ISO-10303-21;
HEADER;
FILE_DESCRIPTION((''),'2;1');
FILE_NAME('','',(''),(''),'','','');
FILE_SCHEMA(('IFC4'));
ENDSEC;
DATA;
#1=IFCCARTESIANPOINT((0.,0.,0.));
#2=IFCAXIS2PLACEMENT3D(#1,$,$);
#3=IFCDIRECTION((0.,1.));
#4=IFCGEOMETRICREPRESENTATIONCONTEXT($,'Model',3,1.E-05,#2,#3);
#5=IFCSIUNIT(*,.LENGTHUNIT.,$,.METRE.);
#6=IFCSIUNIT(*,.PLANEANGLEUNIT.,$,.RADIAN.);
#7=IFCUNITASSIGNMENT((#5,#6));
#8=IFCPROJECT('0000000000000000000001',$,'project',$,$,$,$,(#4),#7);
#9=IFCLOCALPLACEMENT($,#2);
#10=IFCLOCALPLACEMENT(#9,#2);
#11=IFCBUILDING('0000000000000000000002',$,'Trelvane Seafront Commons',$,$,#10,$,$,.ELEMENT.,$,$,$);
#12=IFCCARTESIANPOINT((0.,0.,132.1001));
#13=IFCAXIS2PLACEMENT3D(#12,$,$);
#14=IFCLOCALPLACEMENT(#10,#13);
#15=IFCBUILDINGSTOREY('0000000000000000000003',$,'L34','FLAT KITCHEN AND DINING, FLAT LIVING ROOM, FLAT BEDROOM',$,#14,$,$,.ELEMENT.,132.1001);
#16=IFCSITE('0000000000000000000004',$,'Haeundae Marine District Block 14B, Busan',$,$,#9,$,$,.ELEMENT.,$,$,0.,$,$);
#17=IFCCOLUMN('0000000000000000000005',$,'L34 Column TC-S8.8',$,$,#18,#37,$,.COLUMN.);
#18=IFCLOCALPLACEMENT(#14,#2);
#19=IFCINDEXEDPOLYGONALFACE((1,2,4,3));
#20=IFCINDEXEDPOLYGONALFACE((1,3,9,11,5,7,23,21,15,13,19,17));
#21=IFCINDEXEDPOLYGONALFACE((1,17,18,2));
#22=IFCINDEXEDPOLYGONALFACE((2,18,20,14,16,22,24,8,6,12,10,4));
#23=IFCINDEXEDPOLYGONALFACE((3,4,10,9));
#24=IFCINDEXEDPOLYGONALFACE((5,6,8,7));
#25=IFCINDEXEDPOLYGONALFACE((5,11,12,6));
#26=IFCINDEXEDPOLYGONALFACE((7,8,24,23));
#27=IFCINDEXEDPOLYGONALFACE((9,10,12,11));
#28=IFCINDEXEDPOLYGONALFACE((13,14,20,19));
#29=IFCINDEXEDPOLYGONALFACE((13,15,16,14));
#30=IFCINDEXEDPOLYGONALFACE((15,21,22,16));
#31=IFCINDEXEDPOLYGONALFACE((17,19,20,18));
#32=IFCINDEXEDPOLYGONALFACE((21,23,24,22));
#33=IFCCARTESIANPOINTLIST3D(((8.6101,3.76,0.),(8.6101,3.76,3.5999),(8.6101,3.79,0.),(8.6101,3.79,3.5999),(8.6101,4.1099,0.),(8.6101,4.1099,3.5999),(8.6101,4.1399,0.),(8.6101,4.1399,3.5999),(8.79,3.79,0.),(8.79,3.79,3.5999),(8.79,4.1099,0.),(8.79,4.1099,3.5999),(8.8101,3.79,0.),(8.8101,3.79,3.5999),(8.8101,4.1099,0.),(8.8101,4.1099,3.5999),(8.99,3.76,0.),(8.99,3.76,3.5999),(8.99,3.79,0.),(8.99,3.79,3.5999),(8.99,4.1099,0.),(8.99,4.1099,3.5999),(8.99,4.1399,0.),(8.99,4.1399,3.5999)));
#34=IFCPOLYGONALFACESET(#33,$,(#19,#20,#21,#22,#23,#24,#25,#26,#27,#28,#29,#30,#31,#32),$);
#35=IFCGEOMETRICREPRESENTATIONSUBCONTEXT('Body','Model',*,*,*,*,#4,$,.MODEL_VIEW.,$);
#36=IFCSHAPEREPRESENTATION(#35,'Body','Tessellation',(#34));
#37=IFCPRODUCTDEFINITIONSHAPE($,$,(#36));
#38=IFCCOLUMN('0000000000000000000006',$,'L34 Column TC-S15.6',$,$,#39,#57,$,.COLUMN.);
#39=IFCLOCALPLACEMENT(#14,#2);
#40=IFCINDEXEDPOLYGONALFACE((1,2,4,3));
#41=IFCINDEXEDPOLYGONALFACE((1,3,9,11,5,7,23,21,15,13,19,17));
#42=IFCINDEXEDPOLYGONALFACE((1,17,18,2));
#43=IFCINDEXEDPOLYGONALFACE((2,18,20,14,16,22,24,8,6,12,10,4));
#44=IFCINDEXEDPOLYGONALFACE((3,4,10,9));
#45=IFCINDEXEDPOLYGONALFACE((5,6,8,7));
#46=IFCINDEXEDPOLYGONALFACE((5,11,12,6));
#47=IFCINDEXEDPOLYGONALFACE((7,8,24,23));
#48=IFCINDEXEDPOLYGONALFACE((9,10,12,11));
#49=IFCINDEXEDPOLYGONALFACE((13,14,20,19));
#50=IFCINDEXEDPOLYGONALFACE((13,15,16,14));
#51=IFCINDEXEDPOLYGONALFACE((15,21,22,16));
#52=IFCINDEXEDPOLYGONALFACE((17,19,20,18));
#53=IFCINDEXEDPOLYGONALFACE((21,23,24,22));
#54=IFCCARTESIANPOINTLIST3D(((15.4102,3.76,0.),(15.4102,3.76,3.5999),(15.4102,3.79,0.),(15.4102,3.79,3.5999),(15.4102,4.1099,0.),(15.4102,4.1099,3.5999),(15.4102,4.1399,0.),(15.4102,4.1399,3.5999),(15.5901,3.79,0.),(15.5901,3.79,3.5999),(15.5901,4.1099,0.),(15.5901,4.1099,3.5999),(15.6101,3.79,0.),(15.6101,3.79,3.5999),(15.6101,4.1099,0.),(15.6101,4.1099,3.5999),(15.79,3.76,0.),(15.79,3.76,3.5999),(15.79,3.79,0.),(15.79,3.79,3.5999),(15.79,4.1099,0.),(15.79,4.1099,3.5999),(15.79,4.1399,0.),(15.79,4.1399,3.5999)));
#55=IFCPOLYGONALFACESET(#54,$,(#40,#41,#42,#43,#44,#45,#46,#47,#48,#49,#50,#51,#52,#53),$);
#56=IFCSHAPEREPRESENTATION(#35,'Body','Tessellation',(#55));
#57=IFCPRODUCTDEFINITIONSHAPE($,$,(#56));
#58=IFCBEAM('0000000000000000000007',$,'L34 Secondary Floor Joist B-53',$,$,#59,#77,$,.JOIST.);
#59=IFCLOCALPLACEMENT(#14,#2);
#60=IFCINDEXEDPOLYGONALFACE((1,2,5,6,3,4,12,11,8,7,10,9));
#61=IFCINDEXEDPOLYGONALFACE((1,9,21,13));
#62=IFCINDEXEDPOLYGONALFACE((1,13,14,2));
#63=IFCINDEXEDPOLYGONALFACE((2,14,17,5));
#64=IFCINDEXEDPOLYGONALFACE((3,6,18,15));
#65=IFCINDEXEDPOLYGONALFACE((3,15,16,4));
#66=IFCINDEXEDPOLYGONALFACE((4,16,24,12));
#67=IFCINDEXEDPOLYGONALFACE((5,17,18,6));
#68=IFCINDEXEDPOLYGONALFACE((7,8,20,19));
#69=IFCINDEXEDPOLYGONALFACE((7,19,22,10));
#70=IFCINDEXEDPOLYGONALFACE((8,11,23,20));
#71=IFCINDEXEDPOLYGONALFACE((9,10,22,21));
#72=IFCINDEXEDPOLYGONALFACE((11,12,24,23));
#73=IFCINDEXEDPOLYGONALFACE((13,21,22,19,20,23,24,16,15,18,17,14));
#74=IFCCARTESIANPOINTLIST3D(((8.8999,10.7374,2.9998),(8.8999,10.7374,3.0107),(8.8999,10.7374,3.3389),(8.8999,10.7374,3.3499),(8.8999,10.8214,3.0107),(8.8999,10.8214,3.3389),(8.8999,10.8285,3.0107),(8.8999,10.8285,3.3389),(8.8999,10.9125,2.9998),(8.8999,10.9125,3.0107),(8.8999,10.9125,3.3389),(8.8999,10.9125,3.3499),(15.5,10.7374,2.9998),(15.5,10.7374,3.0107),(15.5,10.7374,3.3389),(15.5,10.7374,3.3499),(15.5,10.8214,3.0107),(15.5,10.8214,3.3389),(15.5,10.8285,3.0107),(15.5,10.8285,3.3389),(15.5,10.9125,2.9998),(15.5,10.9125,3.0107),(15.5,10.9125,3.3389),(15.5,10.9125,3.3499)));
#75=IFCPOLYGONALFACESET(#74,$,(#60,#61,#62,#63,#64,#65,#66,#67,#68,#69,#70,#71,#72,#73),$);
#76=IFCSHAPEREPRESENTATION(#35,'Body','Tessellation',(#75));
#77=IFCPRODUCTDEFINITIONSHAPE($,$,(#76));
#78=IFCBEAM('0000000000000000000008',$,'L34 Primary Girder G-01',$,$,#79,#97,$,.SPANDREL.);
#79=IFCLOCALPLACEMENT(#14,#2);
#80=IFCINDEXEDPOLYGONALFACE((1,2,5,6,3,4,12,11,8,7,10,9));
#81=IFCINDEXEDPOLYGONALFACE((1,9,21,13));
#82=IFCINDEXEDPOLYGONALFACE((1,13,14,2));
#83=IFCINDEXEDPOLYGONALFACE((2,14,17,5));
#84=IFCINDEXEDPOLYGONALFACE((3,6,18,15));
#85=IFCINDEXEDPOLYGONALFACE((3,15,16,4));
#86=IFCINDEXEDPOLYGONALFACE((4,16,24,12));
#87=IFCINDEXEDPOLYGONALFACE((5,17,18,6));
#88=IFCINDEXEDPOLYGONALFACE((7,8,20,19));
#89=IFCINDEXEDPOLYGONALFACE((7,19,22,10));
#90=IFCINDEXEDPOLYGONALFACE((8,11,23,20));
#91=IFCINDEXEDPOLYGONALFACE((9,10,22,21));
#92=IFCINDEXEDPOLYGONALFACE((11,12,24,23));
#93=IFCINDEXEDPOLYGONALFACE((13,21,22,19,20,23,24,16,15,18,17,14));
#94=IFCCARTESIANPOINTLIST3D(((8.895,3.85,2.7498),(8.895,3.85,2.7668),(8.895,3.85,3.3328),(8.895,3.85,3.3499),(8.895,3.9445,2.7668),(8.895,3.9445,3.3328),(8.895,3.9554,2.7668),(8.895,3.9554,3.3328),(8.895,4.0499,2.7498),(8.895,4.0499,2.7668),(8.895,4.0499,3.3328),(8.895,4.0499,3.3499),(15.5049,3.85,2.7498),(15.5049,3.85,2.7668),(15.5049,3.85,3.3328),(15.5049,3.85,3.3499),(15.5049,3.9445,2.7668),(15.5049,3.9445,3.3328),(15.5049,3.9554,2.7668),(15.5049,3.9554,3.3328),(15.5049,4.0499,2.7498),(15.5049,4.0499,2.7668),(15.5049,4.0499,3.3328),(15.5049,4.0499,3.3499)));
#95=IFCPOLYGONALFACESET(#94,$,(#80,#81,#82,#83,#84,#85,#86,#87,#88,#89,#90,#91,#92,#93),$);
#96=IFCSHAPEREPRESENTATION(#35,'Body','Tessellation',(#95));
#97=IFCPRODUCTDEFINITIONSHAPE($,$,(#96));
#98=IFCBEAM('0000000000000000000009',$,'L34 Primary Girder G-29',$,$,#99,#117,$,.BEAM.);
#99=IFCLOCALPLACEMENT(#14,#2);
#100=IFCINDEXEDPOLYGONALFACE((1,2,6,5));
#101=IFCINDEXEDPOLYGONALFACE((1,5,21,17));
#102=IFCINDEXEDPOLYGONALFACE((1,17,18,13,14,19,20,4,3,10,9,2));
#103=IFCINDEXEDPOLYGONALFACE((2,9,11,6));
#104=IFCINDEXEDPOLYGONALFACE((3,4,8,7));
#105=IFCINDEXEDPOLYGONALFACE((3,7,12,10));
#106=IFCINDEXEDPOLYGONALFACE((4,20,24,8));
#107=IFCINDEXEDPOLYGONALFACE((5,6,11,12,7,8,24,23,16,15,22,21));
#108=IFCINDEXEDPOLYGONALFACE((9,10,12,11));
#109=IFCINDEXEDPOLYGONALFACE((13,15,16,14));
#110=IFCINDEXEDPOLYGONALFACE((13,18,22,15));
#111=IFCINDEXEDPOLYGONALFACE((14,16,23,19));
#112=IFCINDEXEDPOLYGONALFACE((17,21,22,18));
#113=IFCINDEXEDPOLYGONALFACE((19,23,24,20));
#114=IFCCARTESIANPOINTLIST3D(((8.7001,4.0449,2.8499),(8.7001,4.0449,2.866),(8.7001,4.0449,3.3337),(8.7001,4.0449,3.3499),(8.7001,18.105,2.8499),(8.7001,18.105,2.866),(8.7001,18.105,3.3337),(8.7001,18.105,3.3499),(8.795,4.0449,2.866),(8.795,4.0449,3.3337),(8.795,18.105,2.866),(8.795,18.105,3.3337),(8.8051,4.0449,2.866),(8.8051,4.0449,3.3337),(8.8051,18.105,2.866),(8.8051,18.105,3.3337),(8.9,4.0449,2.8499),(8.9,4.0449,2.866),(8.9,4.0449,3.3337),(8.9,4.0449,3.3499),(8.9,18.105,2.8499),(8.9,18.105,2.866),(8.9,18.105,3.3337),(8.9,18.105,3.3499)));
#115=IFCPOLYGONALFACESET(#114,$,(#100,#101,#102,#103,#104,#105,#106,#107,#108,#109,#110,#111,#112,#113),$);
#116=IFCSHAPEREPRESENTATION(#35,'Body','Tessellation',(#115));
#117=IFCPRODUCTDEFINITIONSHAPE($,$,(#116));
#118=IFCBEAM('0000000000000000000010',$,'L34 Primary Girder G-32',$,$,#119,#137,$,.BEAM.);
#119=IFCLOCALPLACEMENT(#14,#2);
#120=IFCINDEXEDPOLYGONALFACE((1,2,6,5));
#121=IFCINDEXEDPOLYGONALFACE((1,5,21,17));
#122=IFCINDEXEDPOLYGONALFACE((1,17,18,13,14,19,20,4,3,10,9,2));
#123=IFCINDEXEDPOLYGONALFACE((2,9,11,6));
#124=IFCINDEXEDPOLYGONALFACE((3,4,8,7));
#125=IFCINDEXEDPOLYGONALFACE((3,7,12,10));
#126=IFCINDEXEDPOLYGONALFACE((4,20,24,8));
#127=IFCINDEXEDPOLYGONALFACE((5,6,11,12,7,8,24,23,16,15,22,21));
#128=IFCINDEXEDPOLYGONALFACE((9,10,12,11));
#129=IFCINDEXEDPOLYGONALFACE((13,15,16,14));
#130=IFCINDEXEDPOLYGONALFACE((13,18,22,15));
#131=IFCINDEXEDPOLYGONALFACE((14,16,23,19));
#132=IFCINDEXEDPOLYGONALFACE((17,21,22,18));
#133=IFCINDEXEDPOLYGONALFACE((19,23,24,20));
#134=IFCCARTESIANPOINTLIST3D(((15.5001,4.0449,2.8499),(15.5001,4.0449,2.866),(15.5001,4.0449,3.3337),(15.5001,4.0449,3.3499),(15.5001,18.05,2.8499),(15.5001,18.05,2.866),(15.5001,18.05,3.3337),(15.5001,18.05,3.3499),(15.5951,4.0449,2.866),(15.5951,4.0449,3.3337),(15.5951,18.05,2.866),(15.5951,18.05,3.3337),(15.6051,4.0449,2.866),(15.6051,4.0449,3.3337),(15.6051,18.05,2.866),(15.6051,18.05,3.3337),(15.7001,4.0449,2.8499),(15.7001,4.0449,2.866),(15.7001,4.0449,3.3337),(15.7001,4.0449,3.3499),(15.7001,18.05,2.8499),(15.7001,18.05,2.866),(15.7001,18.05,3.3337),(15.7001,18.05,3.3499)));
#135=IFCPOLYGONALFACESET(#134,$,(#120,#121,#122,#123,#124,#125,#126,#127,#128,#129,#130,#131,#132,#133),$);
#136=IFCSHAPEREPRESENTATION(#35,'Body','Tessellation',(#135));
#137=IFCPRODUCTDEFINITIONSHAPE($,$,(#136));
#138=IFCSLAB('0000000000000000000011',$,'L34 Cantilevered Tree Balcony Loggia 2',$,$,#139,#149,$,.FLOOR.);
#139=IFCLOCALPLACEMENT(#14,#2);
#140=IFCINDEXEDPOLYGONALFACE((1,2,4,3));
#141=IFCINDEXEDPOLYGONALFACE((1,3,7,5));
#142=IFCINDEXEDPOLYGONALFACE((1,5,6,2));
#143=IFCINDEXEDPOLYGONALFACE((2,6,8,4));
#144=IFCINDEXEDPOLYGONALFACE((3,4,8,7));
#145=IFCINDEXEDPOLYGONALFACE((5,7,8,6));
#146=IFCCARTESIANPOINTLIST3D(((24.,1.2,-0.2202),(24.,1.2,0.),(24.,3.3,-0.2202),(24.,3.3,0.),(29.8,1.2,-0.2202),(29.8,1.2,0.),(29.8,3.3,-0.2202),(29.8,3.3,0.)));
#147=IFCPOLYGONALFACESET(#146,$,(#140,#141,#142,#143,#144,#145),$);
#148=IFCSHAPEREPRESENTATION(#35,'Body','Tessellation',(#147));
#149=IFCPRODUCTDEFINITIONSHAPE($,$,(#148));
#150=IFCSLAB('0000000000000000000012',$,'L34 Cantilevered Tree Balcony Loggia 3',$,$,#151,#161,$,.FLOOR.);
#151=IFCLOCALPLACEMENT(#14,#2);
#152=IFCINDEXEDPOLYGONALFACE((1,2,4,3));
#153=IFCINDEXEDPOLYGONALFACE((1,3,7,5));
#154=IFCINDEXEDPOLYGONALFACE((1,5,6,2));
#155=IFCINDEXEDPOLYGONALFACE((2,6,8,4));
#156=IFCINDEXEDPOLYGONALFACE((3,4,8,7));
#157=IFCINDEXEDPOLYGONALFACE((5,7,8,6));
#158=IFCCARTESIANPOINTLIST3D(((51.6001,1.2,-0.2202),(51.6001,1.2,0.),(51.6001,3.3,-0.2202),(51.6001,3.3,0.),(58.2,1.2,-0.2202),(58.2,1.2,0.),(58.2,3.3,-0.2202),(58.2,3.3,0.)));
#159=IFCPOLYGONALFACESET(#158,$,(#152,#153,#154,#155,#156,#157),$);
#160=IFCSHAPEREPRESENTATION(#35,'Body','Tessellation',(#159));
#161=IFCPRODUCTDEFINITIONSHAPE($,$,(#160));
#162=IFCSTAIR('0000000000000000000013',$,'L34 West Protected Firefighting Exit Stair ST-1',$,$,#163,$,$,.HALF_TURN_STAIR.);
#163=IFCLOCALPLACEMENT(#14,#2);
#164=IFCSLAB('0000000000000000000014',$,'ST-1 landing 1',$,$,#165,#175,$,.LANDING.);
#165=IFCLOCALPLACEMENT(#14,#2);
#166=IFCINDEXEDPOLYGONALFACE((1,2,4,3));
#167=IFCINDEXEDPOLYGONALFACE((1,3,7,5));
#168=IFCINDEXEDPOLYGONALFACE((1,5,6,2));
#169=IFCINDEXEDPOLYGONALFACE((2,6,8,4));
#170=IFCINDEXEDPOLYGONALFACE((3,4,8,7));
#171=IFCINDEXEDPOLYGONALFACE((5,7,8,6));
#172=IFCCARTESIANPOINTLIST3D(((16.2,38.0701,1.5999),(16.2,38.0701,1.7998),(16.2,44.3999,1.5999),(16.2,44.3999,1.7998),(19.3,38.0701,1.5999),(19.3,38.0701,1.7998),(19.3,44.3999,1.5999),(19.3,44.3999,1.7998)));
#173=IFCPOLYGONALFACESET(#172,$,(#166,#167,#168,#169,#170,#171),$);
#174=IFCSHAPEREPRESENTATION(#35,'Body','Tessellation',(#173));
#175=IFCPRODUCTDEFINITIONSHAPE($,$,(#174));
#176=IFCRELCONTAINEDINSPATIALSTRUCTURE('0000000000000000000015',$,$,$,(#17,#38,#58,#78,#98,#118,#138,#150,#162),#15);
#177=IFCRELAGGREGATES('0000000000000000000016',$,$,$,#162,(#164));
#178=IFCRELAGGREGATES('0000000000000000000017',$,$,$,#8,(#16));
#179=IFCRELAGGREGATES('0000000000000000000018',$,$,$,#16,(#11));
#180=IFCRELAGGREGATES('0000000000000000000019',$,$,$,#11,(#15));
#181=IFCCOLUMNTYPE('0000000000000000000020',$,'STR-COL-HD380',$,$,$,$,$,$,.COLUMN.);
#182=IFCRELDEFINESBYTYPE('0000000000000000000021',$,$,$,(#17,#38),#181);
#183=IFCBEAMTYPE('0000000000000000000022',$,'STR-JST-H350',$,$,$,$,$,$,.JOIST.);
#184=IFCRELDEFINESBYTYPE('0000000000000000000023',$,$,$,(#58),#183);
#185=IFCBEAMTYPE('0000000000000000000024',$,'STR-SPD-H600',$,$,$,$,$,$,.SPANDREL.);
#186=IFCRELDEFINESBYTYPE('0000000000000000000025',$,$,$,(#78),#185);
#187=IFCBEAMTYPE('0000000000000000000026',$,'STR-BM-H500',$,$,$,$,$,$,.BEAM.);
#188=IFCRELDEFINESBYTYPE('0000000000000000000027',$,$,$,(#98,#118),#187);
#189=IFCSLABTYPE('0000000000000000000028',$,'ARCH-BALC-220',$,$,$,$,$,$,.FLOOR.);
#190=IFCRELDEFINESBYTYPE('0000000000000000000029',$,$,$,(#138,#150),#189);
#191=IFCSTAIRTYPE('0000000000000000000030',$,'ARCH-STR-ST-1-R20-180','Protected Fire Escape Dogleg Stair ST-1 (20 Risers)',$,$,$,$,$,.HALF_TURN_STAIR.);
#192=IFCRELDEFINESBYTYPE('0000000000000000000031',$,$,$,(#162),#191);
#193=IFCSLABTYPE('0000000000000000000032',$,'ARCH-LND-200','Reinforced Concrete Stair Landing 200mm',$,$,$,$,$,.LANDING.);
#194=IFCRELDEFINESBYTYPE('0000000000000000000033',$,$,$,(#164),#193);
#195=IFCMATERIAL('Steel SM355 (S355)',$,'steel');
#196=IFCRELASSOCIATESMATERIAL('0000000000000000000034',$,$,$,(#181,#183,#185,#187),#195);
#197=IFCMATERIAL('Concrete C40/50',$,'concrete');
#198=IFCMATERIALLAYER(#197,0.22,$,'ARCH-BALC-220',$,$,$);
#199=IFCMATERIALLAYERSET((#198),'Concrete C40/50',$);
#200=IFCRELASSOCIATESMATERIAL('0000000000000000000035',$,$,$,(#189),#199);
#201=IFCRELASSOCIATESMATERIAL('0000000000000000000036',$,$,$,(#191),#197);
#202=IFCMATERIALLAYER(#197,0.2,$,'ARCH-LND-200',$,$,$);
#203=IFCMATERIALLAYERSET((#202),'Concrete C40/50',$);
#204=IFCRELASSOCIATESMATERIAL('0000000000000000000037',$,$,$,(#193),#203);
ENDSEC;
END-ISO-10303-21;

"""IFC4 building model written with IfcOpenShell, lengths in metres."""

from ifc_helpers import new_model, si_unit, direction, frame, origin, origin_2d, place, context, subcontext, project, spatial, polyline, i_section, outline, extrude, source, transform, mapped, material, layer, layer_set, material_profile, profile_set, type_object, element, aggregate, save


model = new_model("IFC4")

# Units and contexts
model_context = context("Model", 3, precision=1e-05, world=origin(), true_north=direction((0.0, 1.0)))
body_context = subcontext(model_context, "Body", "Model", "MODEL_VIEW")
ifc_project = project(units=[si_unit("LENGTHUNIT", "METRE"), si_unit("PLANEANGLEUNIT", "RADIAN")], contexts=[model_context])

# Site, building, storey
site_placement = place(None, origin())
site = spatial("IfcSite", under=ifc_project, at=site_placement, Name="Haeundae Marine District Block 14B, Busan", CompositionType="ELEMENT", RefElevation=0.0)
building_placement = place(site_placement, origin())
building = spatial("IfcBuilding", under=site, at=building_placement, Name="Trelvane Seafront Commons", CompositionType="ELEMENT")
storey_placement = place(building_placement, frame((0.0, 0.0, 132.1001)))
storey = spatial("IfcBuildingStorey", under=building, at=storey_placement, Name="L34", Description="FLAT KITCHEN AND DINING, FLAT LIVING ROOM, FLAT BEDROOM", CompositionType="ELEMENT", Elevation=132.1001)

# Columns
ifc_material_1 = material(Name="Steel SM355 (S355)", Category="steel")
ifc_material_profile_1 = material_profile(ifc_material_1, i_section(OverallWidth=0.3799, OverallDepth=0.3799, WebThickness=0.02, FlangeThickness=0.03, at=origin_2d()), Name="HD-380x380x20x30")
ifc_profile_set_1 = profile_set([ifc_material_profile_1], Name="Steel SM355 (S355)")
column_type = type_object("IfcColumnType", Name="STR-COL-HD380", PredefinedType="COLUMN", material=ifc_profile_set_1)
shared_shape_1 = source(origin(), body_context, "Body", "SweptSolid", [
    extrude(i_section(OverallWidth=0.3799, OverallDepth=0.3799, WebThickness=0.02, FlangeThickness=0.03, at=origin_2d()), origin(), (0.0, 0.0, 1.0), 3.5999),
])
for number, where, z_axis, x_axis, name in (
    (1, (8.8, 3.95, 0.0), (0.0, 0.0, 1.0), (1.0, 0.0, 0.0), "L34 Column TC-S8.8"),
    (2, (15.6001, 3.95, 0.0), (0.0, 0.0, 1.0), (1.0, 0.0, 0.0), "L34 Column TC-S15.6"),
):
    element("IfcColumn", number, at=place(storey_placement, frame(where, z_axis=z_axis, x_axis=x_axis)), inside=storey, type_object=column_type, Name=name, PredefinedType="COLUMN", context=body_context, shape_type="MappedRepresentation", body=[
        mapped(shared_shape_1, transform((0.0, 0.0, 0.0), x_axis=(1.0, 0.0, 0.0), y_axis=(0.0, 1.0, 0.0), z_axis=(0.0, 0.0, 1.0), scale=1.0)),
    ])

# Beams
ifc_material_profile_2 = material_profile(ifc_material_1, i_section(OverallWidth=0.175, OverallDepth=0.3501, WebThickness=0.0071, FlangeThickness=0.011, at=origin_2d()), Name="H-350x175x7x11")
ifc_profile_set_2 = profile_set([ifc_material_profile_2], Name="Steel SM355 (S355)")
beam_type_1 = type_object("IfcBeamType", Name="STR-JST-H350", PredefinedType="JOIST", material=ifc_profile_set_2)
shared_shape_2 = source(origin(), body_context, "Body", "SweptSolid", [
    extrude(i_section(OverallWidth=0.175, OverallDepth=0.3501, WebThickness=0.0071, FlangeThickness=0.011, at=origin_2d()), origin(), (0.0, 0.0, 1.0), 6.6001),
])
beam_1_placement = place(storey_placement, frame((8.8999, 10.825, 3.1748), z_axis=(1.0, 0.0, 0.0), x_axis=(0.0, 1.0, 0.0)))
element("IfcBeam", 3, at=beam_1_placement, inside=storey, type_object=beam_type_1, Name="L34 Secondary Floor Joist B-53", PredefinedType="JOIST", context=body_context, shape_type="MappedRepresentation", body=[
    mapped(shared_shape_2, transform((0.0, 0.0, 0.0), x_axis=(1.0, 0.0, 0.0), y_axis=(0.0, 1.0, 0.0), z_axis=(0.0, 0.0, 1.0), scale=1.0)),
])
ifc_material_profile_3 = material_profile(ifc_material_1, i_section(OverallWidth=0.2, OverallDepth=0.6001, WebThickness=0.011, FlangeThickness=0.0171, at=origin_2d()), Name="H-600x200x11x17")
ifc_profile_set_3 = profile_set([ifc_material_profile_3], Name="Steel SM355 (S355)")
beam_type_2 = type_object("IfcBeamType", Name="STR-SPD-H600", PredefinedType="SPANDREL", material=ifc_profile_set_3)
shared_shape_3 = source(origin(), body_context, "Body", "SweptSolid", [
    extrude(i_section(OverallWidth=0.2, OverallDepth=0.6001, WebThickness=0.011, FlangeThickness=0.0171, at=origin_2d()), origin(), (0.0, 0.0, 1.0), 6.6099),
])
beam_2_placement = place(storey_placement, frame((8.895, 3.95, 3.0498), z_axis=(1.0, 0.0, 0.0), x_axis=(0.0, 1.0, 0.0)))
element("IfcBeam", 4, at=beam_2_placement, inside=storey, type_object=beam_type_2, Name="L34 Primary Girder G-01", PredefinedType="SPANDREL", context=body_context, shape_type="MappedRepresentation", body=[
    mapped(shared_shape_3, transform((0.0, 0.0, 0.0), x_axis=(1.0, 0.0, 0.0), y_axis=(0.0, 1.0, 0.0), z_axis=(0.0, 0.0, 1.0), scale=1.0)),
])
ifc_material_profile_4 = material_profile(ifc_material_1, i_section(OverallWidth=0.2, OverallDepth=0.5, WebThickness=0.01, FlangeThickness=0.0161, at=origin_2d()), Name="H-500x200x10x16")
ifc_profile_set_4 = profile_set([ifc_material_profile_4], Name="Steel SM355 (S355)")
beam_type_3 = type_object("IfcBeamType", Name="STR-BM-H500", PredefinedType="BEAM", material=ifc_profile_set_4)
shared_shape_4 = source(origin(), body_context, "Body", "SweptSolid", [
    extrude(i_section(OverallWidth=0.2, OverallDepth=0.5, WebThickness=0.01, FlangeThickness=0.0161, at=origin_2d()), origin(), (0.0, 0.0, 1.0), 14.0601),
])
beam_3_placement = place(storey_placement, frame((8.8, 4.0449, 3.0999), z_axis=(0.0, 1.0, 0.0), x_axis=(-1.0, 0.0, 0.0)))
element("IfcBeam", 5, at=beam_3_placement, inside=storey, type_object=beam_type_3, Name="L34 Primary Girder G-29", PredefinedType="BEAM", context=body_context, shape_type="MappedRepresentation", body=[
    mapped(shared_shape_4, transform((0.0, 0.0, 0.0), x_axis=(1.0, 0.0, 0.0), y_axis=(0.0, 1.0, 0.0), z_axis=(0.0, 0.0, 1.0), scale=1.0)),
])
shared_shape_5 = source(origin(), body_context, "Body", "SweptSolid", [
    extrude(i_section(OverallWidth=0.2, OverallDepth=0.5, WebThickness=0.01, FlangeThickness=0.0161, at=origin_2d()), origin(), (0.0, 0.0, 1.0), 14.0051),
])
beam_4_placement = place(storey_placement, frame((15.6001, 4.0449, 3.0999), z_axis=(0.0, 1.0, 0.0), x_axis=(-1.0, 0.0, 0.0)))
element("IfcBeam", 6, at=beam_4_placement, inside=storey, type_object=beam_type_3, Name="L34 Primary Girder G-32", PredefinedType="BEAM", context=body_context, shape_type="MappedRepresentation", body=[
    mapped(shared_shape_5, transform((0.0, 0.0, 0.0), x_axis=(1.0, 0.0, 0.0), y_axis=(0.0, 1.0, 0.0), z_axis=(0.0, 0.0, 1.0), scale=1.0)),
])

# Slabs
ifc_material_2 = material(Name="Concrete C40/50", Category="concrete")
ifc_layer_1 = layer(ifc_material_2, 0.22, Name="ARCH-BALC-220")
ifc_layer_set_1 = layer_set([ifc_layer_1], Name="Concrete C40/50")
slab_type_1 = type_object("IfcSlabType", Name="ARCH-BALC-220", PredefinedType="FLOOR", material=ifc_layer_set_1)
slab_1_placement = place(storey_placement, frame((0.0, 0.0, -0.2202)))
element("IfcSlab", 7, at=slab_1_placement, inside=storey, type_object=slab_type_1, Name="L34 Cantilevered Tree Balcony Loggia 2", PredefinedType="FLOOR", context=body_context, shape_type="SweptSolid", body=[
    extrude(outline(polyline([(24.0, 1.2), (29.8, 1.2), (29.8, 3.3), (24.0, 3.3), (24.0, 1.2)])), origin(), (0.0, 0.0, 1.0), 0.2202),
])
slab_2_placement = place(storey_placement, frame((0.0, 0.0, -0.2202)))
element("IfcSlab", 8, at=slab_2_placement, inside=storey, type_object=slab_type_1, Name="L34 Cantilevered Tree Balcony Loggia 3", PredefinedType="FLOOR", context=body_context, shape_type="SweptSolid", body=[
    extrude(outline(polyline([(51.6001, 1.2), (58.2, 1.2), (58.2, 3.3), (51.6001, 3.3), (51.6001, 1.2)])), origin(), (0.0, 0.0, 1.0), 0.2202),
])

# Stair, slab
stair_type_1 = type_object("IfcStairType", Name="ARCH-STR-ST-1-R20-180", Description="Protected Fire Escape Dogleg Stair ST-1 (20 Risers)", PredefinedType="HALF_TURN_STAIR", material=ifc_material_2)
stair_1_placement = place(storey_placement, origin())
stair_1 = element("IfcStair", 9, at=stair_1_placement, inside=storey, type_object=stair_type_1, Name="L34 West Protected Firefighting Exit Stair ST-1", PredefinedType="HALF_TURN_STAIR")
ifc_layer_2 = layer(ifc_material_2, 0.2, Name="ARCH-LND-200")
ifc_layer_set_2 = layer_set([ifc_layer_2], Name="Concrete C40/50")
slab_type_2 = type_object("IfcSlabType", Name="ARCH-LND-200", Description="Reinforced Concrete Stair Landing 200mm", PredefinedType="LANDING", material=ifc_layer_set_2)
slab_3_placement = place(storey_placement, frame((0.0, 0.0, 1.5999)))
slab_3 = element("IfcSlab", 10, at=slab_3_placement, type_object=slab_type_2, Name="ST-1 landing 1", PredefinedType="LANDING", context=body_context, shape_type="SweptSolid", body=[
    extrude(outline(polyline([(19.3, 38.0701), (19.3, 44.3999), (16.2, 44.3999), (16.2, 38.0701), (19.3, 38.0701)])), origin(), (0.0, 0.0, 1.0), 0.2),
])
aggregate(stair_1, [slab_3])

save(model, "model.ifc")
